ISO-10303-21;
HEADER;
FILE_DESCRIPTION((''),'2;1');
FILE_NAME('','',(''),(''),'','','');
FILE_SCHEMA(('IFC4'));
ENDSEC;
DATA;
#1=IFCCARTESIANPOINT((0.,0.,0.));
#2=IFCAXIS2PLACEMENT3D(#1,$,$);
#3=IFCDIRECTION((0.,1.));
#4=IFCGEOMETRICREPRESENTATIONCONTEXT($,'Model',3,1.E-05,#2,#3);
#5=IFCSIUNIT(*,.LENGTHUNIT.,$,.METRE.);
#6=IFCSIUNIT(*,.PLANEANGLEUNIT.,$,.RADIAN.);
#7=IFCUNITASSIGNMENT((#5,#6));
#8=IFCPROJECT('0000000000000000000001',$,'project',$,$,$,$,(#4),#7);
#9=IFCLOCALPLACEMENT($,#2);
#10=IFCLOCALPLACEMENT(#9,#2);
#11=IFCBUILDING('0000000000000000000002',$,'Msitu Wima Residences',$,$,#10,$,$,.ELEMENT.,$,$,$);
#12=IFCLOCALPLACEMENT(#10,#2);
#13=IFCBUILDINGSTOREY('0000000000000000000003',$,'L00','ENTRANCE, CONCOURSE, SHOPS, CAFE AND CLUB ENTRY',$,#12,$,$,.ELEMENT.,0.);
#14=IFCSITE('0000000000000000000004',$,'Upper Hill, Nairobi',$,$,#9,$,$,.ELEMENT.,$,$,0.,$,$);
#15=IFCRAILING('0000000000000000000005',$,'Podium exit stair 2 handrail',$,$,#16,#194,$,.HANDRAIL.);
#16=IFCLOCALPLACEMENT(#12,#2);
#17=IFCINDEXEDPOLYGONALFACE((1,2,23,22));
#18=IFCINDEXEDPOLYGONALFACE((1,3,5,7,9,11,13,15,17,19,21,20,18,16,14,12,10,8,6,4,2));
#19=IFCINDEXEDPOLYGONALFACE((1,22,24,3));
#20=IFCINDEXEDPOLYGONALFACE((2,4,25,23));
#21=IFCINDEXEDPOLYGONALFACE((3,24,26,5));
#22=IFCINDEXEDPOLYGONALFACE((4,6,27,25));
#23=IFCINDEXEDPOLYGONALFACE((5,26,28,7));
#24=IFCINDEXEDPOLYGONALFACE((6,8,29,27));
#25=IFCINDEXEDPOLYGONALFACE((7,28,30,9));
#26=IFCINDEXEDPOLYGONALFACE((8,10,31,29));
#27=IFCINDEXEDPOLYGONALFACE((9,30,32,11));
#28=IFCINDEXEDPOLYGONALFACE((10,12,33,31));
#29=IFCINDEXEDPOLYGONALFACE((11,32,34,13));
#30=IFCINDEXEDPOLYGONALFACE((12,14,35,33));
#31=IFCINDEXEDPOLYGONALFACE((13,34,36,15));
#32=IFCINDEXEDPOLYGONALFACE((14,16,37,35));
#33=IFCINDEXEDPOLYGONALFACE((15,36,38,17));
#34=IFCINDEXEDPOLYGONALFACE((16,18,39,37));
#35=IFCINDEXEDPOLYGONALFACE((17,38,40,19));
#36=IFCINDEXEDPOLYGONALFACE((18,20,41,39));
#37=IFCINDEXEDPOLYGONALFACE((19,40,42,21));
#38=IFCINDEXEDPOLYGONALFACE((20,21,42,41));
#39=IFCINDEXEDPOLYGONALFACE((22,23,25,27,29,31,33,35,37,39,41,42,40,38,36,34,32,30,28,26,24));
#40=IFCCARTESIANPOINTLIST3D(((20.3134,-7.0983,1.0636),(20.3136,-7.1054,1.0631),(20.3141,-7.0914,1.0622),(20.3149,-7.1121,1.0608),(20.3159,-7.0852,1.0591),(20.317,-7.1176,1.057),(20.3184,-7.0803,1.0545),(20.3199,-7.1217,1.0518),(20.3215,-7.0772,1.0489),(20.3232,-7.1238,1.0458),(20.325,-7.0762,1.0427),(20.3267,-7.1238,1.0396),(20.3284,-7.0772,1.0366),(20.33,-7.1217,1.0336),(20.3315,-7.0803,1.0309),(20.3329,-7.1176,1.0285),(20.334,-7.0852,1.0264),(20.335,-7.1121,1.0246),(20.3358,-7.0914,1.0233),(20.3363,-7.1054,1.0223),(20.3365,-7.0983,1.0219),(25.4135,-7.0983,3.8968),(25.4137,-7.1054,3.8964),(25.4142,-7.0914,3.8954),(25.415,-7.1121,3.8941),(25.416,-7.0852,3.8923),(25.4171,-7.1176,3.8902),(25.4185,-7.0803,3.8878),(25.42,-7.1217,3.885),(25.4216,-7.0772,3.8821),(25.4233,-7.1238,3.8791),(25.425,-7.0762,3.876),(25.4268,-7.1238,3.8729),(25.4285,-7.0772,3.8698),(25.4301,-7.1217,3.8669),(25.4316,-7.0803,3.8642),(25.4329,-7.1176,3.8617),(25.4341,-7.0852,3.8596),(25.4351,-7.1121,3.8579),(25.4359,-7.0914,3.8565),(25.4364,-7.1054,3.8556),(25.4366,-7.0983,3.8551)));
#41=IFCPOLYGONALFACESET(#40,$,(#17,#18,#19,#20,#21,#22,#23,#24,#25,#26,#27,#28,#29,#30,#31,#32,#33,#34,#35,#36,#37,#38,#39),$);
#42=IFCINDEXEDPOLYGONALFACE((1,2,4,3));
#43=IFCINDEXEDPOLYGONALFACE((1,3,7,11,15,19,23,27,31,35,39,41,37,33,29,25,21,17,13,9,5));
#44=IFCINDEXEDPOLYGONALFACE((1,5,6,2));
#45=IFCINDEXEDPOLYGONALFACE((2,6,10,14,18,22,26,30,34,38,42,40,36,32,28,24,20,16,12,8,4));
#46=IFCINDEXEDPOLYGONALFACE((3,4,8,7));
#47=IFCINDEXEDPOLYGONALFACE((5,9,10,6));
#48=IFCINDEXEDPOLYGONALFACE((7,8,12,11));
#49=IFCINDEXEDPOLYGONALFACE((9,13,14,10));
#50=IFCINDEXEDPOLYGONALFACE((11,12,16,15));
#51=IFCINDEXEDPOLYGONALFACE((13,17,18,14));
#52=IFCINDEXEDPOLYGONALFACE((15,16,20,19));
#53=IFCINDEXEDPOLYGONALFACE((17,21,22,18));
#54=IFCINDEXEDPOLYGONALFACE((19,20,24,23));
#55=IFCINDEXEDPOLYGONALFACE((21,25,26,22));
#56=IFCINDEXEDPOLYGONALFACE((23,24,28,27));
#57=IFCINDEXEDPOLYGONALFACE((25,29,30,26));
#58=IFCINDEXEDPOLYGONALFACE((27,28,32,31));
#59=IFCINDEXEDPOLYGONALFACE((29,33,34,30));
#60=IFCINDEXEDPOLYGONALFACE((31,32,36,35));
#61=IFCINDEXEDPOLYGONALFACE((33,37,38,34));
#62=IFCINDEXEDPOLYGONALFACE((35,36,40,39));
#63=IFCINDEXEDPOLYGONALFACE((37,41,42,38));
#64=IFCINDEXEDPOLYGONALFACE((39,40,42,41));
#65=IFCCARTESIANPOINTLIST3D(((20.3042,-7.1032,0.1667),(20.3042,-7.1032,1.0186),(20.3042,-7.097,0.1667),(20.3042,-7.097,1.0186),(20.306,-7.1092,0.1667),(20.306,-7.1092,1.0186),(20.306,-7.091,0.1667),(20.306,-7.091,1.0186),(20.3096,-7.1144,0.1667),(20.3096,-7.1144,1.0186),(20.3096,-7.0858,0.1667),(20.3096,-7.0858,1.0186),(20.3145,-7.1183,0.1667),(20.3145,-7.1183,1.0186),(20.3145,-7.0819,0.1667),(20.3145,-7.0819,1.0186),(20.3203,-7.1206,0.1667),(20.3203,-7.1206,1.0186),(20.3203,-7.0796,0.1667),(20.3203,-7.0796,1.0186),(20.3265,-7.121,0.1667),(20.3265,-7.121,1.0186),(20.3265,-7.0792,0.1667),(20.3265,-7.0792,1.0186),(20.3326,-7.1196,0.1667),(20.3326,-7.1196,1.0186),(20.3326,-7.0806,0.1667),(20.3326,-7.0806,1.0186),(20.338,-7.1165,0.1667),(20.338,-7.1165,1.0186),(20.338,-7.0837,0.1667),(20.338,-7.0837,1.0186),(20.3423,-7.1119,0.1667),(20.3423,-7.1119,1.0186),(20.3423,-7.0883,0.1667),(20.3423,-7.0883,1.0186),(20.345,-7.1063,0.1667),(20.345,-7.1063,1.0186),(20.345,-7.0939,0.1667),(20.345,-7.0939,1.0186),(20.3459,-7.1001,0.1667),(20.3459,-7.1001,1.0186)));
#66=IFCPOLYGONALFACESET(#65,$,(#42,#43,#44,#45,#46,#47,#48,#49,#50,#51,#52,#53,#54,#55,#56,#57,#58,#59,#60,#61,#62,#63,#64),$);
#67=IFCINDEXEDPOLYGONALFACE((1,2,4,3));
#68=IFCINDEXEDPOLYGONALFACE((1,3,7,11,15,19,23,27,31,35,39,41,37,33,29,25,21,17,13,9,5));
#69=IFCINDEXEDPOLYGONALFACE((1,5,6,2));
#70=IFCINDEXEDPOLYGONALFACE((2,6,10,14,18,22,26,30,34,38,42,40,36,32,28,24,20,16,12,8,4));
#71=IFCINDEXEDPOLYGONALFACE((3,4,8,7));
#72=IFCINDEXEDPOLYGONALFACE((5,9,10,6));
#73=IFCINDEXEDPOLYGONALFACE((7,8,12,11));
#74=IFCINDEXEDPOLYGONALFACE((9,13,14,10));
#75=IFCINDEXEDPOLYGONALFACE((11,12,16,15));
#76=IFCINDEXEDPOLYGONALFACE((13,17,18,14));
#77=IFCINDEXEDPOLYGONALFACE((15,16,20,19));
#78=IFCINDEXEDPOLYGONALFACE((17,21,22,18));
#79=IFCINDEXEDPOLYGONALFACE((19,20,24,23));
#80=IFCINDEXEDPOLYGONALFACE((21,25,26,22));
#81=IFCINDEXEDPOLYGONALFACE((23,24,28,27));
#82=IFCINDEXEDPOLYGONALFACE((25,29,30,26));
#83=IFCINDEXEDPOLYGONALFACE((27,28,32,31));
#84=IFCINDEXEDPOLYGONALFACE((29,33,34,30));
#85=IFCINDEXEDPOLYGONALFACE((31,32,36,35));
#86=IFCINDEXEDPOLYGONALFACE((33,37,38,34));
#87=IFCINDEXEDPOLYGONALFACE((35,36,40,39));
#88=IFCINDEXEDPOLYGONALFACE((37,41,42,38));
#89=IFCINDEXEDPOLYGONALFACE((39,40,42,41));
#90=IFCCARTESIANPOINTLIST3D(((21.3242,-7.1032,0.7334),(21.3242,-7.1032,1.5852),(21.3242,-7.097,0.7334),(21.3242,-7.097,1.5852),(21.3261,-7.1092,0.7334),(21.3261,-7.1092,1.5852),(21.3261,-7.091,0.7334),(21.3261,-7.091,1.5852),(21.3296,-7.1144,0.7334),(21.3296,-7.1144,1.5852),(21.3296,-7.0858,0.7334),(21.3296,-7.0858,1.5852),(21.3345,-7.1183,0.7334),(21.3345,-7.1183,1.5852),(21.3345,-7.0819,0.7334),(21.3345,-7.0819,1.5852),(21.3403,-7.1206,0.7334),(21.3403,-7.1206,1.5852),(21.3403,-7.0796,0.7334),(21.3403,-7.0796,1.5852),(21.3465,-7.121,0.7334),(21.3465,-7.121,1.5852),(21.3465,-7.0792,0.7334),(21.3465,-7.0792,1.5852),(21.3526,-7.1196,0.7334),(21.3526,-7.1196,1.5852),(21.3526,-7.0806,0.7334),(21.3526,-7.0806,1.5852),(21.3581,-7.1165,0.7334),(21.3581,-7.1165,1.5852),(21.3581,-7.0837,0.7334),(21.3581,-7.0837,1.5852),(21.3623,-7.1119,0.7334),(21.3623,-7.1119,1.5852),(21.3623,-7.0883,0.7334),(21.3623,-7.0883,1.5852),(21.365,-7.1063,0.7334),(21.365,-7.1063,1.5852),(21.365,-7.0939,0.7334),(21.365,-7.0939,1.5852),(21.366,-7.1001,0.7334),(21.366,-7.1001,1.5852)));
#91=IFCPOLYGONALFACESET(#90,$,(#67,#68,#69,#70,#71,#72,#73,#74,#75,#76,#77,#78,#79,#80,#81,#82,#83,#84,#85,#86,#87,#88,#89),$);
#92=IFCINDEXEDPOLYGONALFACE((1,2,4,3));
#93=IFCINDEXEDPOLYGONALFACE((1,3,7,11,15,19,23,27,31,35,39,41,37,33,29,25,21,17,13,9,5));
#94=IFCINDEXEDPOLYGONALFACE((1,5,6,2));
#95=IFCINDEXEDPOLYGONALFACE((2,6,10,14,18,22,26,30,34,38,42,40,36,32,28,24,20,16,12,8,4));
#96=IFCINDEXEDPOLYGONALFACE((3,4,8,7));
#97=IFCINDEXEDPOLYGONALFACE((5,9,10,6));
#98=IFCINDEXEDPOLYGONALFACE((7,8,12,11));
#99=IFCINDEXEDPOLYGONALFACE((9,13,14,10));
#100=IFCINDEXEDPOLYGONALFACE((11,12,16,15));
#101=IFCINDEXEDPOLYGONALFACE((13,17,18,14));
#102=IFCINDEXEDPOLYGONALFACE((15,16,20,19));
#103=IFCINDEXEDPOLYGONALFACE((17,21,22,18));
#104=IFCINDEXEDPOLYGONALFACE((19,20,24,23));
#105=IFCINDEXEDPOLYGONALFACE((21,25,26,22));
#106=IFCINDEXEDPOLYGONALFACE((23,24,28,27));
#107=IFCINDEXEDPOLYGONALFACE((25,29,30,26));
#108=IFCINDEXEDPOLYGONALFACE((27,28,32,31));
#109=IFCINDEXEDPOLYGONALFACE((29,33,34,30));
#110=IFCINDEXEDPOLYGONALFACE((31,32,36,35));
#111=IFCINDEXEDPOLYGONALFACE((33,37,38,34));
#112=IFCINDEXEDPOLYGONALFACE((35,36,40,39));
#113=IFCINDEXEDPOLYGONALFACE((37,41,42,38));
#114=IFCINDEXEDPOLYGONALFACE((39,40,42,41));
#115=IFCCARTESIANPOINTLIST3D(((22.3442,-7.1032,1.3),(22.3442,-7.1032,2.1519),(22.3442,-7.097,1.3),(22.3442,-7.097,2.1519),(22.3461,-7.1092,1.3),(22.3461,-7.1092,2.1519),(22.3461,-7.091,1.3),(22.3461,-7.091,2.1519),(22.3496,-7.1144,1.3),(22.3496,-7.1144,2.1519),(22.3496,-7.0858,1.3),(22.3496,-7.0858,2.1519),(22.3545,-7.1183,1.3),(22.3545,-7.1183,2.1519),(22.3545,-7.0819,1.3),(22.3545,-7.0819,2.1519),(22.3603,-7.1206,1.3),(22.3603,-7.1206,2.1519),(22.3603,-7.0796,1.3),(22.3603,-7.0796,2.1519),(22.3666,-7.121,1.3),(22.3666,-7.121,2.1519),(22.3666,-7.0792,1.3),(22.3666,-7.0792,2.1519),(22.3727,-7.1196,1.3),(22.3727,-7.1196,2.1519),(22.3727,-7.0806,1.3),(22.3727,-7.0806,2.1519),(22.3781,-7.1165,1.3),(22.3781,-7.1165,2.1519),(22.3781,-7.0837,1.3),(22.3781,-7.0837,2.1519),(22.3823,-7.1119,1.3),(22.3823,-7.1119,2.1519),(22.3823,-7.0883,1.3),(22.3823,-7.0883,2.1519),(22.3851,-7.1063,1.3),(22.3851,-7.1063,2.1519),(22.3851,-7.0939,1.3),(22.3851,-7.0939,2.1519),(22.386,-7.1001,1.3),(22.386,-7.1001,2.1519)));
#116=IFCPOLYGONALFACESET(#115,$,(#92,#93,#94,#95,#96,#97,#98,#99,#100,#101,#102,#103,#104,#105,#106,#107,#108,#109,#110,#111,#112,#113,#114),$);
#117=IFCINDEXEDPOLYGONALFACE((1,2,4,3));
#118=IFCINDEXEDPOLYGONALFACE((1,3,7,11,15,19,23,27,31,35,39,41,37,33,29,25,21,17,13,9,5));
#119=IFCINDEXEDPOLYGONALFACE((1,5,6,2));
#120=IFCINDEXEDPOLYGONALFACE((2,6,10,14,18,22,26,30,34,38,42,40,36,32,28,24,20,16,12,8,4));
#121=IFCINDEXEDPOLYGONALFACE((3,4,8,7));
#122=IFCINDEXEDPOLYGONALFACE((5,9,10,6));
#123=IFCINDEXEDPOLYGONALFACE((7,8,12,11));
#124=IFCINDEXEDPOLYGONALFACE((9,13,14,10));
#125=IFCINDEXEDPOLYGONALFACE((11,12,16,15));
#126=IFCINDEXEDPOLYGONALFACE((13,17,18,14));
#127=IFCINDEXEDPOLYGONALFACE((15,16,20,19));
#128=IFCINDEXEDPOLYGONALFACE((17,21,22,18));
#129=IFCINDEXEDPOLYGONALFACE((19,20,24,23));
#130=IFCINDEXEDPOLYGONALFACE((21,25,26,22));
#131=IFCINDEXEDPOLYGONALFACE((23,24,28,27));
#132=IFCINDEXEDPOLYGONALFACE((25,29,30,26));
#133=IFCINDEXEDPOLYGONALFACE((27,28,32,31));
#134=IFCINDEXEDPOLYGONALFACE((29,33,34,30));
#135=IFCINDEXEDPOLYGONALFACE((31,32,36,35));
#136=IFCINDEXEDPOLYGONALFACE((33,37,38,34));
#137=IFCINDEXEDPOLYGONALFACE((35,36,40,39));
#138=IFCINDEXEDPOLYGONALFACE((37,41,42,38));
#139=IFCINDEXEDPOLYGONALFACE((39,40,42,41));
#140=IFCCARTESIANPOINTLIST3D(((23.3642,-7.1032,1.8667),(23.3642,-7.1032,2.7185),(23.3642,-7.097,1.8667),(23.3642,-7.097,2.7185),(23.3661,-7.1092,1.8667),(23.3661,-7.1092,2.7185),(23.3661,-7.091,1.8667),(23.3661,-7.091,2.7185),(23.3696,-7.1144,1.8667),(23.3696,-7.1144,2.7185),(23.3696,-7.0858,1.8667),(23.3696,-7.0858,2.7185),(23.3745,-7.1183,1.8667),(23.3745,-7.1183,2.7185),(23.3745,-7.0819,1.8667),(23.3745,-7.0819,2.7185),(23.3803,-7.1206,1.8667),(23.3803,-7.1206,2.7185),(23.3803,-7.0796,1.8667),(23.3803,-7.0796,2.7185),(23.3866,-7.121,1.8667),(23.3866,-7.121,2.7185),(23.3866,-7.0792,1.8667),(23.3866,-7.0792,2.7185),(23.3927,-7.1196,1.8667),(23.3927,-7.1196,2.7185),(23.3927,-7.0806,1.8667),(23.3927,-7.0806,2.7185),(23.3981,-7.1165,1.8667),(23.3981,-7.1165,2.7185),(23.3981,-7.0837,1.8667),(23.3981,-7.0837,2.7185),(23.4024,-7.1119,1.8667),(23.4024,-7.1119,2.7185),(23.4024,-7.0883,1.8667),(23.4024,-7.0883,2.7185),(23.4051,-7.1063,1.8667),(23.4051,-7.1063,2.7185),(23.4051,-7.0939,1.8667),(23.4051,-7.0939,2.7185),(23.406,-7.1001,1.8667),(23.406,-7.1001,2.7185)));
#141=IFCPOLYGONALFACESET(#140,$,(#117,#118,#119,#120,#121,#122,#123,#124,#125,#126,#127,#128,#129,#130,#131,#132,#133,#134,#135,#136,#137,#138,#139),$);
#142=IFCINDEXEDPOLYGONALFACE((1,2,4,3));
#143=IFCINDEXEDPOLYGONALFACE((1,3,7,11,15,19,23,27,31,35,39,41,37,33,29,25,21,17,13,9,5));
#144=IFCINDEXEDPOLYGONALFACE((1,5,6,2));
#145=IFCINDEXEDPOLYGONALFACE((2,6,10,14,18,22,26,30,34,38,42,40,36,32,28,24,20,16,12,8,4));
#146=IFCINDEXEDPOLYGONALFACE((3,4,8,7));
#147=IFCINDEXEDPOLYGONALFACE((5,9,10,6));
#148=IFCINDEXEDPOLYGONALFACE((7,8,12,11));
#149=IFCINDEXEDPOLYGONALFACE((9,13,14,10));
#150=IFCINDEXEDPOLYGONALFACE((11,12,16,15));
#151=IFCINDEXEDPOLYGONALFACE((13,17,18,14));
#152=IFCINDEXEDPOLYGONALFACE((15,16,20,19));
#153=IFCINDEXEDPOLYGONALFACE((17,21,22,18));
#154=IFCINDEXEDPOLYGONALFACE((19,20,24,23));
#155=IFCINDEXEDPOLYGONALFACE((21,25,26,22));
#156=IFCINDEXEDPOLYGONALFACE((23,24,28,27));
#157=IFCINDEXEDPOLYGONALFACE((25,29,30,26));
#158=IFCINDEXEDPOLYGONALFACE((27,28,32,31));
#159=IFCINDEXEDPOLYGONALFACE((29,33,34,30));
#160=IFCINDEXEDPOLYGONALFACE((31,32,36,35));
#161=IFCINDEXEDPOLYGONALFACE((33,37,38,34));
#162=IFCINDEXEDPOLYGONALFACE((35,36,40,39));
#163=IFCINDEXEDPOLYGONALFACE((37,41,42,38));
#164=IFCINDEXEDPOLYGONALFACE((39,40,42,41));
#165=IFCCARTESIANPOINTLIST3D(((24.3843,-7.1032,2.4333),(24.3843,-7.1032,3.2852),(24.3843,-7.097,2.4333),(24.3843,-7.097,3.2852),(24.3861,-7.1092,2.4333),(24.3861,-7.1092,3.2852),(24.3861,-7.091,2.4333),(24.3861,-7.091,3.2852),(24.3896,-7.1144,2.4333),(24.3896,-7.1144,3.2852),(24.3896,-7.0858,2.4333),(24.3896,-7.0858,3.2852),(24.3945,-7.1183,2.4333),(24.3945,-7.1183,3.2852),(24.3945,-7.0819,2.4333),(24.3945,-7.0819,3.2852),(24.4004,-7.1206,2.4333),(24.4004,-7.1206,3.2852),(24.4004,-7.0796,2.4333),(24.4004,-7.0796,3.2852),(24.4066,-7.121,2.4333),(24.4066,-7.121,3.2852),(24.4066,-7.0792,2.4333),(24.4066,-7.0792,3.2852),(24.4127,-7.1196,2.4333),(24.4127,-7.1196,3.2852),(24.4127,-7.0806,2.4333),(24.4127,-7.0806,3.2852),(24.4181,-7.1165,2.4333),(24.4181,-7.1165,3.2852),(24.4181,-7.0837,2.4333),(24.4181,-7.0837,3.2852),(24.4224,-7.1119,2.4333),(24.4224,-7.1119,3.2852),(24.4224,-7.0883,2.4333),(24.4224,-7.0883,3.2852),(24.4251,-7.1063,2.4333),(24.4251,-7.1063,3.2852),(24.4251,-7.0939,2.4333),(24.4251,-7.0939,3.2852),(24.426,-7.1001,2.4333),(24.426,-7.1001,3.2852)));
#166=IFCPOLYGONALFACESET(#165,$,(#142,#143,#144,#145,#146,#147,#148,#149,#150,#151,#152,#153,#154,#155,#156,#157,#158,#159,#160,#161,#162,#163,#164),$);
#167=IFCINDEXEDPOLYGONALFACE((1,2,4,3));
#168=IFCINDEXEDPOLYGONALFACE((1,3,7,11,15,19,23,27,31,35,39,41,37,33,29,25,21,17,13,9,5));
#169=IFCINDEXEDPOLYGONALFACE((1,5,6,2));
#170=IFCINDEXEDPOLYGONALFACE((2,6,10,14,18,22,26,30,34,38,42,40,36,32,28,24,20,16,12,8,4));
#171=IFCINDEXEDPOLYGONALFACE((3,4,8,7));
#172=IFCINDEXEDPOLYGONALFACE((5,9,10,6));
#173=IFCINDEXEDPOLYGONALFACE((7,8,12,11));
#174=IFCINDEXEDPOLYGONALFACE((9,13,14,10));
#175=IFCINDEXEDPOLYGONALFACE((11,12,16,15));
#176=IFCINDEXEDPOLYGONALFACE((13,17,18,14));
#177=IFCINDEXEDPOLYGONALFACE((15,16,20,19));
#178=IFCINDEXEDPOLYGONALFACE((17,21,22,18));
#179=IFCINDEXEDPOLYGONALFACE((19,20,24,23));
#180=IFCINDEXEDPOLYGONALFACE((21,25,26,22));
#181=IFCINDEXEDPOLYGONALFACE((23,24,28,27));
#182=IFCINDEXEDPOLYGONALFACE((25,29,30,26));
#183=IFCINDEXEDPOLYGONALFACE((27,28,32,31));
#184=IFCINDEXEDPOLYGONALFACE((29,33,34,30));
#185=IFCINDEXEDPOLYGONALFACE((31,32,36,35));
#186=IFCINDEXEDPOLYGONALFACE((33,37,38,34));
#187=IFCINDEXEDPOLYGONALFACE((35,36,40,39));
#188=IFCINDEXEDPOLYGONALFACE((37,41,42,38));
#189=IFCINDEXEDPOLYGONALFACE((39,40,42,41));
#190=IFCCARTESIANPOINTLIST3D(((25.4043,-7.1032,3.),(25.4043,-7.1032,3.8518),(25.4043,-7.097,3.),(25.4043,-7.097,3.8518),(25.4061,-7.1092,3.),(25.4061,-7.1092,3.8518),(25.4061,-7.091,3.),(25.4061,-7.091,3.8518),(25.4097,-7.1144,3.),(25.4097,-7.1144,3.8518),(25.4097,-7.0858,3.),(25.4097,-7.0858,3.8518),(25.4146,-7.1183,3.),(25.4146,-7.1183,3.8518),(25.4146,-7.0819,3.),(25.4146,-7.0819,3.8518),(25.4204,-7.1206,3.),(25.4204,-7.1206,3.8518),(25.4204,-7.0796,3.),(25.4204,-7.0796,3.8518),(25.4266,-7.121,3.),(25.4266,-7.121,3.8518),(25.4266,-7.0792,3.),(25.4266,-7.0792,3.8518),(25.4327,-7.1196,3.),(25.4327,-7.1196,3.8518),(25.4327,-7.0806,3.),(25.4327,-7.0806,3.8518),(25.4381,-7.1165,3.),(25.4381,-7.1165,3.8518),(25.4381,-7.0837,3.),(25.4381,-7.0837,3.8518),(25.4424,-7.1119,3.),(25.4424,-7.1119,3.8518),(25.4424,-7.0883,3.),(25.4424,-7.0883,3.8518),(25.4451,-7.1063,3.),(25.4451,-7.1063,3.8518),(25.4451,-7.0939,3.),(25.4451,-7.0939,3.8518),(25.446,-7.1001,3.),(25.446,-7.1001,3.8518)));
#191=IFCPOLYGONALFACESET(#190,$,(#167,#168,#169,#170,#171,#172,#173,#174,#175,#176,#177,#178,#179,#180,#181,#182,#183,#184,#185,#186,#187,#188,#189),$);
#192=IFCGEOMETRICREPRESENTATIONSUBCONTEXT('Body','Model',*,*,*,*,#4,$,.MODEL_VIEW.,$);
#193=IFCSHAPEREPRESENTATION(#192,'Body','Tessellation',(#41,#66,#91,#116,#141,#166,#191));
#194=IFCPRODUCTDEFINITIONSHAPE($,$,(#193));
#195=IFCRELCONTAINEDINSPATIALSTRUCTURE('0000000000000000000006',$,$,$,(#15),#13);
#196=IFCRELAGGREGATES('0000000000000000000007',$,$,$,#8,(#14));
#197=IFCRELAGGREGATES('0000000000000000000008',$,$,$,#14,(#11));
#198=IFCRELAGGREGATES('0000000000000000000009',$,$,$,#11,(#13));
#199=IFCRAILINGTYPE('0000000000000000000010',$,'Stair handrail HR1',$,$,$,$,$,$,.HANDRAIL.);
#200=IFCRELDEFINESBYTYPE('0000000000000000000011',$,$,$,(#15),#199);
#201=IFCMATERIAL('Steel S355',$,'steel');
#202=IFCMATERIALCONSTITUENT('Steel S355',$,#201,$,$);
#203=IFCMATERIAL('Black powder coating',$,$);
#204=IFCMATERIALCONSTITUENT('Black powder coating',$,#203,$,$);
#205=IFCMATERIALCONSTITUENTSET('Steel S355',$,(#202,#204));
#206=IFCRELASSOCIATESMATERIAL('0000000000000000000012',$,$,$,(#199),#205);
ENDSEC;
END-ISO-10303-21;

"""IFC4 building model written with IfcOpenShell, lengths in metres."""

from ifc_helpers import new_model, si_unit, direction, frame, origin, origin_2d, place, context, subcontext, project, spatial, circle, extrude, material, constituent, constituent_set, type_object, element, save


model = new_model("IFC4")

# Units and contexts
model_context = context("Model", 3, precision=1e-05, world=origin(), true_north=direction((0.0, 1.0)))
body_context = subcontext(model_context, "Body", "Model", "MODEL_VIEW")
ifc_project = project(units=[si_unit("LENGTHUNIT", "METRE"), si_unit("PLANEANGLEUNIT", "RADIAN")], contexts=[model_context])

# Site, building, storey
site_placement = place(None, origin())
site = spatial("IfcSite", under=ifc_project, at=site_placement, Name="Upper Hill, Nairobi", CompositionType="ELEMENT", RefElevation=0.0)
building_placement = place(site_placement, origin())
building = spatial("IfcBuilding", under=site, at=building_placement, Name="Msitu Wima Residences", CompositionType="ELEMENT")
storey_placement = place(building_placement, origin())
storey = spatial("IfcBuildingStorey", under=building, at=storey_placement, Name="L00", Description="ENTRANCE, CONCOURSE, SHOPS, CAFE AND CLUB ENTRY", CompositionType="ELEMENT", Elevation=0.0)

# Railing
ifc_material_1 = material(Name="Steel S355", Category="steel")
ifc_constituent_1 = constituent(ifc_material_1, Name="Steel S355")
ifc_material_2 = material(Name="Black powder coating")
ifc_constituent_2 = constituent(ifc_material_2, Name="Black powder coating")
ifc_constituent_set = constituent_set(constituents=[ifc_constituent_1, ifc_constituent_2], Name="Steel S355")
railing_type = type_object("IfcRailingType", Name="Stair handrail HR1", PredefinedType="HANDRAIL", material=ifc_constituent_set)
for number, where, name in (
    (1, (20.325, -7.1001, 0.1667), "Podium exit stair 2 handrail"),
):
    element("IfcRailing", number, at=place(storey_placement, frame(where)), inside=storey, type_object=railing_type, Name=name, PredefinedType="HANDRAIL", context=body_context, shape_type="SweptSolid", body=[
        extrude(circle(Radius=0.0239, at=origin_2d()), frame((0.0, 0.0, 0.876), z_axis=(0.874167, 0.0, 0.485625), x_axis=(0.0, 1.0, 0.0)), (0.0, 0.0, 1.0), 5.8342),
        extrude(circle(Radius=0.021, at=origin_2d()), origin(), (0.0, 0.0, 1.0), 0.8518),
        extrude(circle(Radius=0.021, at=origin_2d()), frame((1.02, 0.0, 0.5667)), (0.0, 0.0, 1.0), 0.8518),
        extrude(circle(Radius=0.021, at=origin_2d()), frame((2.04, 0.0, 1.1333)), (0.0, 0.0, 1.0), 0.8518),
        extrude(circle(Radius=0.021, at=origin_2d()), frame((3.0601, 0.0, 1.7)), (0.0, 0.0, 1.0), 0.8518),
        extrude(circle(Radius=0.021, at=origin_2d()), frame((4.0801, 0.0, 2.2666)), (0.0, 0.0, 1.0), 0.8518),
        extrude(circle(Radius=0.021, at=origin_2d()), frame((5.1001, 0.0, 2.8333)), (0.0, 0.0, 1.0), 0.8518),
    ])

save(model, "model.ifc")
